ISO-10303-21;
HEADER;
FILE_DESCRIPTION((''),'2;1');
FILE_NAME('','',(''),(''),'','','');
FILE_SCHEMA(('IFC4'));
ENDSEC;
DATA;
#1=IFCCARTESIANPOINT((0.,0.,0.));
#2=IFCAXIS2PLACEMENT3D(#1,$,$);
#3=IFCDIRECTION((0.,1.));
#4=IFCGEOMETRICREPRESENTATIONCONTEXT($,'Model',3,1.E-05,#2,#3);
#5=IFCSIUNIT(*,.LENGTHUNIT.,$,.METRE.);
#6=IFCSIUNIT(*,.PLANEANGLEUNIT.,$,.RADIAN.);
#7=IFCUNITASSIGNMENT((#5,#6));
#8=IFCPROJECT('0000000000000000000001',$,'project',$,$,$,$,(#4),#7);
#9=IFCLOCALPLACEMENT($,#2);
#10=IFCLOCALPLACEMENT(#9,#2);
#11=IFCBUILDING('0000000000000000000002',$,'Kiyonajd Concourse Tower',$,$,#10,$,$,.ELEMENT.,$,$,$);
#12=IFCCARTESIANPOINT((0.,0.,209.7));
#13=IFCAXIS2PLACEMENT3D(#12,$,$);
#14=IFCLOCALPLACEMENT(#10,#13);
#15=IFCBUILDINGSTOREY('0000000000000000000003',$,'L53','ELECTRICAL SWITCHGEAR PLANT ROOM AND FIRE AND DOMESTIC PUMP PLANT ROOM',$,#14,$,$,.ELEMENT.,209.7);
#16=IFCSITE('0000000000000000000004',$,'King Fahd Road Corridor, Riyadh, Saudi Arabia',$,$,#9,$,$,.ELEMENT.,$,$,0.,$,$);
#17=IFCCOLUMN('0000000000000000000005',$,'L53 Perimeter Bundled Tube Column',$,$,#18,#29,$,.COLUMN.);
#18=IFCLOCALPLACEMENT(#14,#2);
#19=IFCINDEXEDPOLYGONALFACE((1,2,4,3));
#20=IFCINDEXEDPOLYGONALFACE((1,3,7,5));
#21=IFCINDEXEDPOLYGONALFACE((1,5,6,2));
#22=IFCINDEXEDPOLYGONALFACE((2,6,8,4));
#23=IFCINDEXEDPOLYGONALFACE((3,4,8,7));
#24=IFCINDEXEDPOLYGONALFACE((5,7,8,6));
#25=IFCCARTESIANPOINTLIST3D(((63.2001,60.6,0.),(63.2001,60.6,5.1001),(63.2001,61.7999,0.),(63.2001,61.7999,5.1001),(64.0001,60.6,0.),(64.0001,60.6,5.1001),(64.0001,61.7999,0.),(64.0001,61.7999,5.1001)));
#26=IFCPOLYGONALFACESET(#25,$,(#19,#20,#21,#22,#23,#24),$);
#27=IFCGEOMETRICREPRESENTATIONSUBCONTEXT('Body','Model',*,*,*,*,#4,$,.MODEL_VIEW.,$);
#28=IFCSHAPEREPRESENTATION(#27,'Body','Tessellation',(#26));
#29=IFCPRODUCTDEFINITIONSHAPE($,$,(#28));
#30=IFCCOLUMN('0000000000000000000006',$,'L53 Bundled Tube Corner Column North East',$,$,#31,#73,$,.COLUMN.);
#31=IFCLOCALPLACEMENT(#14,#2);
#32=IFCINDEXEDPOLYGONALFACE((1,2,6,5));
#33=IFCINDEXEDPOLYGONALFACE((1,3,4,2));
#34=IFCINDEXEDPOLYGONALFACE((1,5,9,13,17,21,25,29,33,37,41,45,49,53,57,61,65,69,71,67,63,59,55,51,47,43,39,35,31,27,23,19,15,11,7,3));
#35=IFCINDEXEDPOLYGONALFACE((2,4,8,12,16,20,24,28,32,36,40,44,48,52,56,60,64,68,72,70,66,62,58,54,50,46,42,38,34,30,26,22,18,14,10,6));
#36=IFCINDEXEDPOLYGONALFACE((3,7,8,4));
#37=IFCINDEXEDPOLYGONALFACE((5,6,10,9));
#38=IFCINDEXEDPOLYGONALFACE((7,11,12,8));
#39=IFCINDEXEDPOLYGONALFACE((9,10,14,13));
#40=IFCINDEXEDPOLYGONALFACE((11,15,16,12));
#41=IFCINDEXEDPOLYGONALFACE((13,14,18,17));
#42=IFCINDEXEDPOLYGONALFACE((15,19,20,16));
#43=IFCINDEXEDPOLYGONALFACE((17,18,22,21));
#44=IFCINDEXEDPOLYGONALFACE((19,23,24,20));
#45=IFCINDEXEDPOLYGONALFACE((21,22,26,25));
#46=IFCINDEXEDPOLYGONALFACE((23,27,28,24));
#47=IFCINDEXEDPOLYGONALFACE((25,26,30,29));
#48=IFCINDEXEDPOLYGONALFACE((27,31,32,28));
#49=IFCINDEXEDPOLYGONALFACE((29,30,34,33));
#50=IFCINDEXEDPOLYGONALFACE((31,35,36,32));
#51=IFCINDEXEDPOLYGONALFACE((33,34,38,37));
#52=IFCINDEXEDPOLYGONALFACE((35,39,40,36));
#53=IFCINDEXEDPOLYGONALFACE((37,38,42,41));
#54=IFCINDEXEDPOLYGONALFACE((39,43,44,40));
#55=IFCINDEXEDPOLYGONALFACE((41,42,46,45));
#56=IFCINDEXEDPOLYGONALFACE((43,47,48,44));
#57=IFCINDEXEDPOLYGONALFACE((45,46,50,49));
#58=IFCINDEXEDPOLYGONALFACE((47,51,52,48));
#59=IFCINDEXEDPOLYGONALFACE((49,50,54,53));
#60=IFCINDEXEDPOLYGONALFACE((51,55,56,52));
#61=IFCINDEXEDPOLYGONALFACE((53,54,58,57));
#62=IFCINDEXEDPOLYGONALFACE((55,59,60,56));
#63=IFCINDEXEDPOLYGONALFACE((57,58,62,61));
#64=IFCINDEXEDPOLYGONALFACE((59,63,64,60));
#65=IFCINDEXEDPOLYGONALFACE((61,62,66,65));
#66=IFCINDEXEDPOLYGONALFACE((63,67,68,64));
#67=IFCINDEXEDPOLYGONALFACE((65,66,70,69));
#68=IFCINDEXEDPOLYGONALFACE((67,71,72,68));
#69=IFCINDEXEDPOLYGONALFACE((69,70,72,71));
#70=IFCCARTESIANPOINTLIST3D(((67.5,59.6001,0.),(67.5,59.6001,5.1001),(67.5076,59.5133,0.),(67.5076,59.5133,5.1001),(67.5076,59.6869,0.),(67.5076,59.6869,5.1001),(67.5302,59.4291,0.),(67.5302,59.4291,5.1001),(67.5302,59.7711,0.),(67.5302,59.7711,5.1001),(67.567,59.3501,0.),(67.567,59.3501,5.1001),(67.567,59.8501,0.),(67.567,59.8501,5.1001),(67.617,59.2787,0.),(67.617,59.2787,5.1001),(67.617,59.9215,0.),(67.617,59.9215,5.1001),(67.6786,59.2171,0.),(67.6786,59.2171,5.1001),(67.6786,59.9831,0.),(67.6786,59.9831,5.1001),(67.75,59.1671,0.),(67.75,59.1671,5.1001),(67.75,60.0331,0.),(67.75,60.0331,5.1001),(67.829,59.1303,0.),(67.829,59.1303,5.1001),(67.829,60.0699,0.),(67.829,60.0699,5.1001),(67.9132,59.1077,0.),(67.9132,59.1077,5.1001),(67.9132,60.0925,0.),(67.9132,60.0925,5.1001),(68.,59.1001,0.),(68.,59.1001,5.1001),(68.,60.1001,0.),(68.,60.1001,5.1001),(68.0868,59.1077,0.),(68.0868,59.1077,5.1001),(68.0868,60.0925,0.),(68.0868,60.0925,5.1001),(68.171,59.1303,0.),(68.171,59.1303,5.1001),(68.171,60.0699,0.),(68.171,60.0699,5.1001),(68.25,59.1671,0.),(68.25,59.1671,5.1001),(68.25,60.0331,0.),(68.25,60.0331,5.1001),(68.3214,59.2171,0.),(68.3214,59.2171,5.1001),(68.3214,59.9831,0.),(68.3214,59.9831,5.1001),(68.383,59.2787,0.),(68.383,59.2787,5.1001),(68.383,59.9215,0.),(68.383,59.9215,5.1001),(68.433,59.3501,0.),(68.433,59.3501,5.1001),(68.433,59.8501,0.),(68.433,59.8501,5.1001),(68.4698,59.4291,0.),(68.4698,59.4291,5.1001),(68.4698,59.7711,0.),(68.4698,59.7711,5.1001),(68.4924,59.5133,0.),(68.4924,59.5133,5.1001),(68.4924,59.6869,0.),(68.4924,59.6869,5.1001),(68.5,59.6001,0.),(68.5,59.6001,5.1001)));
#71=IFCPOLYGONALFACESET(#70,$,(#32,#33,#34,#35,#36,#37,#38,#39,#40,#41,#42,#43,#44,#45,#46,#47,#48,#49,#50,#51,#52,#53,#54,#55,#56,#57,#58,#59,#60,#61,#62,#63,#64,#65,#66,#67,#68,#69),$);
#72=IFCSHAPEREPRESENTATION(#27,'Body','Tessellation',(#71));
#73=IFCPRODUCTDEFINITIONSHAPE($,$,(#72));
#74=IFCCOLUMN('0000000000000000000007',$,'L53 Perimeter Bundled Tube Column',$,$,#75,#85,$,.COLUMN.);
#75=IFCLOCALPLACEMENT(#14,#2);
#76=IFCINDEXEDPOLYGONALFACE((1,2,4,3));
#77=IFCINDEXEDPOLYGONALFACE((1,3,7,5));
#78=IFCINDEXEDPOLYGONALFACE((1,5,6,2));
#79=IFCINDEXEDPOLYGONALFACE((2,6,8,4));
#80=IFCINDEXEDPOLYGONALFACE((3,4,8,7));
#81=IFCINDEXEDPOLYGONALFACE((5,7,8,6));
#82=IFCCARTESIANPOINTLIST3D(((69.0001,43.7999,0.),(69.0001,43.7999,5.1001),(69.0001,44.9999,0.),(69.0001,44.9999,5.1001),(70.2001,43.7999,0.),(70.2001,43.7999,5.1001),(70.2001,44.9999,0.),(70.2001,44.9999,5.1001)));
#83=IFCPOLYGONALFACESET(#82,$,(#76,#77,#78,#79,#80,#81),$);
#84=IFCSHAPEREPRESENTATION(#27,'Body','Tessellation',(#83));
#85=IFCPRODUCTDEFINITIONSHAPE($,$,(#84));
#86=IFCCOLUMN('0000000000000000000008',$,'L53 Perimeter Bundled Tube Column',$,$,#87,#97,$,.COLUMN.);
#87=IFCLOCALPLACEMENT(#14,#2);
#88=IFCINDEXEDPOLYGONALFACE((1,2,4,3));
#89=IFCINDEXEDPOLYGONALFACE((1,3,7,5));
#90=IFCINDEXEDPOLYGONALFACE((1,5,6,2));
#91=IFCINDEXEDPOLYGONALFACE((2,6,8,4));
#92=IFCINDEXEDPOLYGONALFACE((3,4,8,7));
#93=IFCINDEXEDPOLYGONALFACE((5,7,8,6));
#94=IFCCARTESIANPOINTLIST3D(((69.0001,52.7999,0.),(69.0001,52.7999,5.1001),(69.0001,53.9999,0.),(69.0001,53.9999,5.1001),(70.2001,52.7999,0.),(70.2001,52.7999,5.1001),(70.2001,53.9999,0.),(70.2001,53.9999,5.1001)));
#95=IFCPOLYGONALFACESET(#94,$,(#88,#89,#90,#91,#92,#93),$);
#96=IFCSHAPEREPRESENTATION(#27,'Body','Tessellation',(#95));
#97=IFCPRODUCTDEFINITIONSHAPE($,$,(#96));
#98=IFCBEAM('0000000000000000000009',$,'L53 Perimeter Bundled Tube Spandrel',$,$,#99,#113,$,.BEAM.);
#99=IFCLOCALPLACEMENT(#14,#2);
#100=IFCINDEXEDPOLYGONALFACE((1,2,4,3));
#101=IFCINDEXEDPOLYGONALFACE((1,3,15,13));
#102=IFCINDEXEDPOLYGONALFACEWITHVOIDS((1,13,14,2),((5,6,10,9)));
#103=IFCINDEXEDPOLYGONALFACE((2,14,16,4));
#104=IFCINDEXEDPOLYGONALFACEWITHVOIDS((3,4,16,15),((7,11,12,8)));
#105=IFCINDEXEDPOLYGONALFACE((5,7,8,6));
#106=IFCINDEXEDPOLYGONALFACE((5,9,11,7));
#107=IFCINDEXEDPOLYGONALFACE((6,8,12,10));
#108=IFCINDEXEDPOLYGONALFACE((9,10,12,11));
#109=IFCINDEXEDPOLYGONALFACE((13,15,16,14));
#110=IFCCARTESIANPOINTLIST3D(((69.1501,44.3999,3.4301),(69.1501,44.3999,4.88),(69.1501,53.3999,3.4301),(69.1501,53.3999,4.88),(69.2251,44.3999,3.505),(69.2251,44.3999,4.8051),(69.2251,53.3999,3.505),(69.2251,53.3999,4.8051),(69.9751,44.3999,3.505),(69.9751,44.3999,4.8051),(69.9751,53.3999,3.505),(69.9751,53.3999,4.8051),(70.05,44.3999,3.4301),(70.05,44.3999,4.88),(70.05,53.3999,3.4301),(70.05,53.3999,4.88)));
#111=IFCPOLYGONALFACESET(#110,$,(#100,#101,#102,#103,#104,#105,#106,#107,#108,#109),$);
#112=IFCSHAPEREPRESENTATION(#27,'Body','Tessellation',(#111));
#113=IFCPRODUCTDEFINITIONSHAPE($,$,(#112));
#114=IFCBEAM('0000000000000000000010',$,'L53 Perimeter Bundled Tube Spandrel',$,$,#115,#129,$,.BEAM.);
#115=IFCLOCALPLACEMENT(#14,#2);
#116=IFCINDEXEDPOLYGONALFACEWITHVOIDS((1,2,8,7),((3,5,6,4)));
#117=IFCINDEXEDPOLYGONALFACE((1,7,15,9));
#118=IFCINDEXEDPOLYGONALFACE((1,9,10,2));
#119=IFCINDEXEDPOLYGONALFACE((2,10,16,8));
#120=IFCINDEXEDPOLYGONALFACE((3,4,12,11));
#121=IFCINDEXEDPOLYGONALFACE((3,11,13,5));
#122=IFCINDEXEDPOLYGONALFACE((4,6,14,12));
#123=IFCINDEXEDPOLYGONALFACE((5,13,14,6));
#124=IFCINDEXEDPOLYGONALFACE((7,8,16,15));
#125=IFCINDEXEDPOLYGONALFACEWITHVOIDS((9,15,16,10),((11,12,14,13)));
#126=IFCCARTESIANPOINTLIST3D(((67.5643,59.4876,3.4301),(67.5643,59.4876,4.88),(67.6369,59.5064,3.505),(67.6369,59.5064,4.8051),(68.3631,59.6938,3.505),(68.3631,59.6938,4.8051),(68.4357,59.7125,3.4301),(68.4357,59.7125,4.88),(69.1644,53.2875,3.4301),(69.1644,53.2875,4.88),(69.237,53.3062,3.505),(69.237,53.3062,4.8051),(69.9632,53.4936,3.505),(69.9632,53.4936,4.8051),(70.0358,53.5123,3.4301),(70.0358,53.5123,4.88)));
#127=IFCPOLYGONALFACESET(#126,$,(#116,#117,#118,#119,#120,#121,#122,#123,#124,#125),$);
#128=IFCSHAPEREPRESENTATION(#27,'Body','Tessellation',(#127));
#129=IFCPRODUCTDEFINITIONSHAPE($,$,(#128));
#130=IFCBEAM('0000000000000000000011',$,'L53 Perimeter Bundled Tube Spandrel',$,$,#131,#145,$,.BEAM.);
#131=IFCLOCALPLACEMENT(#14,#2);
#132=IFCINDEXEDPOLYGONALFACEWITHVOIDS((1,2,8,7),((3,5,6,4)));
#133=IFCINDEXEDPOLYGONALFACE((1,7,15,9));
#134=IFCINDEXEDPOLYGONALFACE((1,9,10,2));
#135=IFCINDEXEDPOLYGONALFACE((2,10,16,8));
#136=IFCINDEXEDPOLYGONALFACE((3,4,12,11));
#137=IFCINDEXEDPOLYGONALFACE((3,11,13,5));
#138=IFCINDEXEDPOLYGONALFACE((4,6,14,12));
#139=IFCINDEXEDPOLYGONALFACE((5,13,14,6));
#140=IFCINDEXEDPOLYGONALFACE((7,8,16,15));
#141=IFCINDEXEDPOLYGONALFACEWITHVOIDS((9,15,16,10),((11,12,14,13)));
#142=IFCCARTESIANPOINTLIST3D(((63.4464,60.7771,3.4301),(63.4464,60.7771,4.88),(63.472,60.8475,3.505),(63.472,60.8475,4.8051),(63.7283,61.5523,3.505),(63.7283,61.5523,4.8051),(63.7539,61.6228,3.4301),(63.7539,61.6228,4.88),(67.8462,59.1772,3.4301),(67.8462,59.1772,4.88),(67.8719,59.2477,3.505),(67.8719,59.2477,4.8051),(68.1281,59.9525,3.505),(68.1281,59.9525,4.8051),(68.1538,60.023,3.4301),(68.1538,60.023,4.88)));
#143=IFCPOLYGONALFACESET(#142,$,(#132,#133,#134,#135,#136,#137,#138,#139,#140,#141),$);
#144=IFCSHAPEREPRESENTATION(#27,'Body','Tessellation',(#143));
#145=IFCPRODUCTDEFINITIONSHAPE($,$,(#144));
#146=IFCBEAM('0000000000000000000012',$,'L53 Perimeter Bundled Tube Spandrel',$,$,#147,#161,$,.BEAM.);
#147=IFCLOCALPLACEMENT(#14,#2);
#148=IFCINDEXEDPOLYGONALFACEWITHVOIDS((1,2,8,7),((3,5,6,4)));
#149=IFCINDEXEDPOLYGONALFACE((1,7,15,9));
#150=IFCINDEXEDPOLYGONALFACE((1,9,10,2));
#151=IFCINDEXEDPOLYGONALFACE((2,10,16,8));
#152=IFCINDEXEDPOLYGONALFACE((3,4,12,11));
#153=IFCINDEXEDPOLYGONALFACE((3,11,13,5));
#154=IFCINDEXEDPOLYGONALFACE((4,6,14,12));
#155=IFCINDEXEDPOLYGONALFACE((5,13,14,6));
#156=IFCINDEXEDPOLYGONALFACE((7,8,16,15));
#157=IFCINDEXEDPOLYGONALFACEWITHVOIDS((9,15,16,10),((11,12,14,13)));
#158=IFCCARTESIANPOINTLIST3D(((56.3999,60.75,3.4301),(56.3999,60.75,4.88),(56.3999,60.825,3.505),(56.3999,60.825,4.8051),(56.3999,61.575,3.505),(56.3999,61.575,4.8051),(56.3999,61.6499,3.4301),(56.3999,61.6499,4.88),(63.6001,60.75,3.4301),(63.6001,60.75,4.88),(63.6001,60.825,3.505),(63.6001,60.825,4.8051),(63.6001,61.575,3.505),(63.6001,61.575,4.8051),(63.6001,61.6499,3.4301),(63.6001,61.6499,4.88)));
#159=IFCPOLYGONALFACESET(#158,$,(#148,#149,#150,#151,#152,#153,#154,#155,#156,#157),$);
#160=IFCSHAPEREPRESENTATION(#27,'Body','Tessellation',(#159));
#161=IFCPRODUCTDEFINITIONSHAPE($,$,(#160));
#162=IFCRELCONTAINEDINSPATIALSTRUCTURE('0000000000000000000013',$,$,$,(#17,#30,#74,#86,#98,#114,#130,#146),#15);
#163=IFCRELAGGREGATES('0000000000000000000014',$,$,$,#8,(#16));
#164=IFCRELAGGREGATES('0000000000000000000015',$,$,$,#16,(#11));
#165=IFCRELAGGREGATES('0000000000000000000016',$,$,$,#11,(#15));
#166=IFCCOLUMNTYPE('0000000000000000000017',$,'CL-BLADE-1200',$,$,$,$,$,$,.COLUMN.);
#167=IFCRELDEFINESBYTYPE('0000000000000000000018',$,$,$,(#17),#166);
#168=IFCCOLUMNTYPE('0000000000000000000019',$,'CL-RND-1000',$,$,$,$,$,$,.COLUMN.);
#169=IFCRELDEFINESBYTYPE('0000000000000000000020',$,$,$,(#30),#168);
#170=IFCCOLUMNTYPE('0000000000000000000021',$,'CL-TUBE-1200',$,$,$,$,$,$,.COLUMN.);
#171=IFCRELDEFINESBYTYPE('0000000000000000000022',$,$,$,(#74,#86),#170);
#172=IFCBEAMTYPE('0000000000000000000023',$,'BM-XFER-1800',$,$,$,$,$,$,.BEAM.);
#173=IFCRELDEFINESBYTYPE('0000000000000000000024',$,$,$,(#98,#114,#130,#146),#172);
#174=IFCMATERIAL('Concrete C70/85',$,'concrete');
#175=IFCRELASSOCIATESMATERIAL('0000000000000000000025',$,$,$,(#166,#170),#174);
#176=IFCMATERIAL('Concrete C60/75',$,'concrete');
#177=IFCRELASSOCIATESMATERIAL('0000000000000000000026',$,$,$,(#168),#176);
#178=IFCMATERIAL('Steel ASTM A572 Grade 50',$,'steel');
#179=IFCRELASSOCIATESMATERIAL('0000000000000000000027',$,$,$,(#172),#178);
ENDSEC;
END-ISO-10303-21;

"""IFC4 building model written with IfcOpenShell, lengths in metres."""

from ifc_helpers import new_model, si_unit, direction, frame, origin, origin_2d, place, context, subcontext, project, spatial, rectangle, hollow_rectangle, circle, extrude, material, material_profile, profile_set, type_object, element, save


model = new_model("IFC4")

# Units and contexts
model_context = context("Model", 3, precision=1e-05, world=origin(), true_north=direction((0.0, 1.0)))
body_context = subcontext(model_context, "Body", "Model", "MODEL_VIEW")
ifc_project = project(units=[si_unit("LENGTHUNIT", "METRE"), si_unit("PLANEANGLEUNIT", "RADIAN")], contexts=[model_context])

# Site, building, storey
site_placement = place(None, origin())
site = spatial("IfcSite", under=ifc_project, at=site_placement, Name="King Fahd Road Corridor, Riyadh, Saudi Arabia", CompositionType="ELEMENT", RefElevation=0.0)
building_placement = place(site_placement, origin())
building = spatial("IfcBuilding", under=site, at=building_placement, Name="Kiyonajd Concourse Tower", CompositionType="ELEMENT")
storey_placement = place(building_placement, frame((0.0, 0.0, 209.7)))
storey = spatial("IfcBuildingStorey", under=building, at=storey_placement, Name="L53", Description="ELECTRICAL SWITCHGEAR PLANT ROOM AND FIRE AND DOMESTIC PUMP PLANT ROOM", CompositionType="ELEMENT", Elevation=209.7)

# Columns
ifc_material_1 = material(Name="Concrete C70/85", Category="concrete")
ifc_material_profile_1 = material_profile(ifc_material_1, rectangle(XDim=0.8, YDim=1.2, at=origin_2d()), Name="RC-1200x800")
ifc_profile_set_1 = profile_set([ifc_material_profile_1], Name="Concrete C70/85")
column_type_1 = type_object("IfcColumnType", Name="CL-BLADE-1200", PredefinedType="COLUMN", material=ifc_profile_set_1)
column_1_placement = place(storey_placement, frame((63.6001, 61.2, 0.0), z_axis=(0.0, 0.0, 1.0), x_axis=(1.0, 0.0, 0.0)))
element("IfcColumn", 1, at=column_1_placement, inside=storey, type_object=column_type_1, Name="L53 Perimeter Bundled Tube Column", PredefinedType="COLUMN", context=body_context, shape_type="SweptSolid", body=[
    extrude(rectangle(XDim=0.8, YDim=1.2, at=origin_2d()), origin(), (0.0, 0.0, 1.0), 5.1001),
])
ifc_material_2 = material(Name="Concrete C60/75", Category="concrete")
ifc_material_profile_2 = material_profile(ifc_material_2, circle(Radius=0.5, at=origin_2d()), Name="RCC-D1000")
ifc_profile_set_2 = profile_set([ifc_material_profile_2], Name="Concrete C60/75")
column_type_2 = type_object("IfcColumnType", Name="CL-RND-1000", PredefinedType="COLUMN", material=ifc_profile_set_2)
column_2_placement = place(storey_placement, frame((68.0, 59.6001, 0.0), z_axis=(0.0, 0.0, 1.0), x_axis=(1.0, 0.0, 0.0)))
element("IfcColumn", 2, at=column_2_placement, inside=storey, type_object=column_type_2, Name="L53 Bundled Tube Corner Column North East", PredefinedType="COLUMN", context=body_context, shape_type="SweptSolid", body=[
    extrude(circle(Radius=0.5, at=origin_2d()), origin(), (0.0, 0.0, 1.0), 5.1001),
])
ifc_material_profile_3 = material_profile(ifc_material_1, rectangle(XDim=1.2, YDim=1.2, at=origin_2d()), Name="RC-1200x1200")
ifc_profile_set_3 = profile_set([ifc_material_profile_3], Name="Concrete C70/85")
column_type_3 = type_object("IfcColumnType", Name="CL-TUBE-1200", PredefinedType="COLUMN", material=ifc_profile_set_3)
for number, where, z_axis, x_axis, name in (
    (3, (69.6001, 44.3999, 0.0), (0.0, 0.0, 1.0), (1.0, 0.0, 0.0), "L53 Perimeter Bundled Tube Column"),
    (4, (69.6001, 53.3999, 0.0), (0.0, 0.0, 1.0), (1.0, 0.0, 0.0), "L53 Perimeter Bundled Tube Column"),
):
    element("IfcColumn", number, at=place(storey_placement, frame(where, z_axis=z_axis, x_axis=x_axis)), inside=storey, type_object=column_type_3, Name=name, PredefinedType="COLUMN", context=body_context, shape_type="SweptSolid", body=[
        extrude(rectangle(XDim=1.2, YDim=1.2, at=origin_2d()), origin(), (0.0, 0.0, 1.0), 5.1001),
    ])

# Beams
ifc_material_3 = material(Name="Steel ASTM A572 Grade 50", Category="steel")
ifc_material_profile_4 = material_profile(ifc_material_3, hollow_rectangle(XDim=0.8999, YDim=1.45, WallThickness=0.075, at=origin_2d()), Name="BOX-1450x900x75")
ifc_profile_set_4 = profile_set([ifc_material_profile_4], Name="Steel ASTM A572 Grade 50")
beam_type = type_object("IfcBeamType", Name="BM-XFER-1800", PredefinedType="BEAM", material=ifc_profile_set_4)
beam_1_placement = place(storey_placement, frame((69.6001, 44.3999, 4.155), z_axis=(0.0, 1.0, 0.0), x_axis=(-1.0, 0.0, 0.0)))
element("IfcBeam", 5, at=beam_1_placement, inside=storey, type_object=beam_type, Name="L53 Perimeter Bundled Tube Spandrel", PredefinedType="BEAM", context=body_context, shape_type="SweptSolid", body=[
    extrude(hollow_rectangle(XDim=0.8999, YDim=1.45, WallThickness=0.075, at=origin_2d()), origin(), (0.0, 0.0, 1.0), 9.0),
])
beam_2_placement = place(storey_placement, frame((69.6001, 53.3999, 4.155), z_axis=(-0.249885, 0.968276, 0.0), x_axis=(-0.968276, -0.249885, 0.0)))
element("IfcBeam", 6, at=beam_2_placement, inside=storey, type_object=beam_type, Name="L53 Perimeter Bundled Tube Spandrel", PredefinedType="BEAM", context=body_context, shape_type="SweptSolid", body=[
    extrude(hollow_rectangle(XDim=0.8999, YDim=1.45, WallThickness=0.075, at=origin_2d()), origin(), (0.0, 0.0, 1.0), 6.4033),
])
beam_3_placement = place(storey_placement, frame((68.0, 59.6001, 4.155), z_axis=(-0.939801, 0.341722, 0.0), x_axis=(-0.341722, -0.939801, 0.0)))
element("IfcBeam", 7, at=beam_3_placement, inside=storey, type_object=beam_type, Name="L53 Perimeter Bundled Tube Spandrel", PredefinedType="BEAM", context=body_context, shape_type="SweptSolid", body=[
    extrude(hollow_rectangle(XDim=0.8999, YDim=1.45, WallThickness=0.075, at=origin_2d()), origin(), (0.0, 0.0, 1.0), 4.6816),
])
beam_4_placement = place(storey_placement, frame((63.6001, 61.2, 4.155), z_axis=(-1.0, 0.0, 0.0), x_axis=(0.0, -1.0, 0.0)))
element("IfcBeam", 8, at=beam_4_placement, inside=storey, type_object=beam_type, Name="L53 Perimeter Bundled Tube Spandrel", PredefinedType="BEAM", context=body_context, shape_type="SweptSolid", body=[
    extrude(hollow_rectangle(XDim=0.8999, YDim=1.45, WallThickness=0.075, at=origin_2d()), origin(), (0.0, 0.0, 1.0), 7.2002),
])

save(model, "model.ifc")
